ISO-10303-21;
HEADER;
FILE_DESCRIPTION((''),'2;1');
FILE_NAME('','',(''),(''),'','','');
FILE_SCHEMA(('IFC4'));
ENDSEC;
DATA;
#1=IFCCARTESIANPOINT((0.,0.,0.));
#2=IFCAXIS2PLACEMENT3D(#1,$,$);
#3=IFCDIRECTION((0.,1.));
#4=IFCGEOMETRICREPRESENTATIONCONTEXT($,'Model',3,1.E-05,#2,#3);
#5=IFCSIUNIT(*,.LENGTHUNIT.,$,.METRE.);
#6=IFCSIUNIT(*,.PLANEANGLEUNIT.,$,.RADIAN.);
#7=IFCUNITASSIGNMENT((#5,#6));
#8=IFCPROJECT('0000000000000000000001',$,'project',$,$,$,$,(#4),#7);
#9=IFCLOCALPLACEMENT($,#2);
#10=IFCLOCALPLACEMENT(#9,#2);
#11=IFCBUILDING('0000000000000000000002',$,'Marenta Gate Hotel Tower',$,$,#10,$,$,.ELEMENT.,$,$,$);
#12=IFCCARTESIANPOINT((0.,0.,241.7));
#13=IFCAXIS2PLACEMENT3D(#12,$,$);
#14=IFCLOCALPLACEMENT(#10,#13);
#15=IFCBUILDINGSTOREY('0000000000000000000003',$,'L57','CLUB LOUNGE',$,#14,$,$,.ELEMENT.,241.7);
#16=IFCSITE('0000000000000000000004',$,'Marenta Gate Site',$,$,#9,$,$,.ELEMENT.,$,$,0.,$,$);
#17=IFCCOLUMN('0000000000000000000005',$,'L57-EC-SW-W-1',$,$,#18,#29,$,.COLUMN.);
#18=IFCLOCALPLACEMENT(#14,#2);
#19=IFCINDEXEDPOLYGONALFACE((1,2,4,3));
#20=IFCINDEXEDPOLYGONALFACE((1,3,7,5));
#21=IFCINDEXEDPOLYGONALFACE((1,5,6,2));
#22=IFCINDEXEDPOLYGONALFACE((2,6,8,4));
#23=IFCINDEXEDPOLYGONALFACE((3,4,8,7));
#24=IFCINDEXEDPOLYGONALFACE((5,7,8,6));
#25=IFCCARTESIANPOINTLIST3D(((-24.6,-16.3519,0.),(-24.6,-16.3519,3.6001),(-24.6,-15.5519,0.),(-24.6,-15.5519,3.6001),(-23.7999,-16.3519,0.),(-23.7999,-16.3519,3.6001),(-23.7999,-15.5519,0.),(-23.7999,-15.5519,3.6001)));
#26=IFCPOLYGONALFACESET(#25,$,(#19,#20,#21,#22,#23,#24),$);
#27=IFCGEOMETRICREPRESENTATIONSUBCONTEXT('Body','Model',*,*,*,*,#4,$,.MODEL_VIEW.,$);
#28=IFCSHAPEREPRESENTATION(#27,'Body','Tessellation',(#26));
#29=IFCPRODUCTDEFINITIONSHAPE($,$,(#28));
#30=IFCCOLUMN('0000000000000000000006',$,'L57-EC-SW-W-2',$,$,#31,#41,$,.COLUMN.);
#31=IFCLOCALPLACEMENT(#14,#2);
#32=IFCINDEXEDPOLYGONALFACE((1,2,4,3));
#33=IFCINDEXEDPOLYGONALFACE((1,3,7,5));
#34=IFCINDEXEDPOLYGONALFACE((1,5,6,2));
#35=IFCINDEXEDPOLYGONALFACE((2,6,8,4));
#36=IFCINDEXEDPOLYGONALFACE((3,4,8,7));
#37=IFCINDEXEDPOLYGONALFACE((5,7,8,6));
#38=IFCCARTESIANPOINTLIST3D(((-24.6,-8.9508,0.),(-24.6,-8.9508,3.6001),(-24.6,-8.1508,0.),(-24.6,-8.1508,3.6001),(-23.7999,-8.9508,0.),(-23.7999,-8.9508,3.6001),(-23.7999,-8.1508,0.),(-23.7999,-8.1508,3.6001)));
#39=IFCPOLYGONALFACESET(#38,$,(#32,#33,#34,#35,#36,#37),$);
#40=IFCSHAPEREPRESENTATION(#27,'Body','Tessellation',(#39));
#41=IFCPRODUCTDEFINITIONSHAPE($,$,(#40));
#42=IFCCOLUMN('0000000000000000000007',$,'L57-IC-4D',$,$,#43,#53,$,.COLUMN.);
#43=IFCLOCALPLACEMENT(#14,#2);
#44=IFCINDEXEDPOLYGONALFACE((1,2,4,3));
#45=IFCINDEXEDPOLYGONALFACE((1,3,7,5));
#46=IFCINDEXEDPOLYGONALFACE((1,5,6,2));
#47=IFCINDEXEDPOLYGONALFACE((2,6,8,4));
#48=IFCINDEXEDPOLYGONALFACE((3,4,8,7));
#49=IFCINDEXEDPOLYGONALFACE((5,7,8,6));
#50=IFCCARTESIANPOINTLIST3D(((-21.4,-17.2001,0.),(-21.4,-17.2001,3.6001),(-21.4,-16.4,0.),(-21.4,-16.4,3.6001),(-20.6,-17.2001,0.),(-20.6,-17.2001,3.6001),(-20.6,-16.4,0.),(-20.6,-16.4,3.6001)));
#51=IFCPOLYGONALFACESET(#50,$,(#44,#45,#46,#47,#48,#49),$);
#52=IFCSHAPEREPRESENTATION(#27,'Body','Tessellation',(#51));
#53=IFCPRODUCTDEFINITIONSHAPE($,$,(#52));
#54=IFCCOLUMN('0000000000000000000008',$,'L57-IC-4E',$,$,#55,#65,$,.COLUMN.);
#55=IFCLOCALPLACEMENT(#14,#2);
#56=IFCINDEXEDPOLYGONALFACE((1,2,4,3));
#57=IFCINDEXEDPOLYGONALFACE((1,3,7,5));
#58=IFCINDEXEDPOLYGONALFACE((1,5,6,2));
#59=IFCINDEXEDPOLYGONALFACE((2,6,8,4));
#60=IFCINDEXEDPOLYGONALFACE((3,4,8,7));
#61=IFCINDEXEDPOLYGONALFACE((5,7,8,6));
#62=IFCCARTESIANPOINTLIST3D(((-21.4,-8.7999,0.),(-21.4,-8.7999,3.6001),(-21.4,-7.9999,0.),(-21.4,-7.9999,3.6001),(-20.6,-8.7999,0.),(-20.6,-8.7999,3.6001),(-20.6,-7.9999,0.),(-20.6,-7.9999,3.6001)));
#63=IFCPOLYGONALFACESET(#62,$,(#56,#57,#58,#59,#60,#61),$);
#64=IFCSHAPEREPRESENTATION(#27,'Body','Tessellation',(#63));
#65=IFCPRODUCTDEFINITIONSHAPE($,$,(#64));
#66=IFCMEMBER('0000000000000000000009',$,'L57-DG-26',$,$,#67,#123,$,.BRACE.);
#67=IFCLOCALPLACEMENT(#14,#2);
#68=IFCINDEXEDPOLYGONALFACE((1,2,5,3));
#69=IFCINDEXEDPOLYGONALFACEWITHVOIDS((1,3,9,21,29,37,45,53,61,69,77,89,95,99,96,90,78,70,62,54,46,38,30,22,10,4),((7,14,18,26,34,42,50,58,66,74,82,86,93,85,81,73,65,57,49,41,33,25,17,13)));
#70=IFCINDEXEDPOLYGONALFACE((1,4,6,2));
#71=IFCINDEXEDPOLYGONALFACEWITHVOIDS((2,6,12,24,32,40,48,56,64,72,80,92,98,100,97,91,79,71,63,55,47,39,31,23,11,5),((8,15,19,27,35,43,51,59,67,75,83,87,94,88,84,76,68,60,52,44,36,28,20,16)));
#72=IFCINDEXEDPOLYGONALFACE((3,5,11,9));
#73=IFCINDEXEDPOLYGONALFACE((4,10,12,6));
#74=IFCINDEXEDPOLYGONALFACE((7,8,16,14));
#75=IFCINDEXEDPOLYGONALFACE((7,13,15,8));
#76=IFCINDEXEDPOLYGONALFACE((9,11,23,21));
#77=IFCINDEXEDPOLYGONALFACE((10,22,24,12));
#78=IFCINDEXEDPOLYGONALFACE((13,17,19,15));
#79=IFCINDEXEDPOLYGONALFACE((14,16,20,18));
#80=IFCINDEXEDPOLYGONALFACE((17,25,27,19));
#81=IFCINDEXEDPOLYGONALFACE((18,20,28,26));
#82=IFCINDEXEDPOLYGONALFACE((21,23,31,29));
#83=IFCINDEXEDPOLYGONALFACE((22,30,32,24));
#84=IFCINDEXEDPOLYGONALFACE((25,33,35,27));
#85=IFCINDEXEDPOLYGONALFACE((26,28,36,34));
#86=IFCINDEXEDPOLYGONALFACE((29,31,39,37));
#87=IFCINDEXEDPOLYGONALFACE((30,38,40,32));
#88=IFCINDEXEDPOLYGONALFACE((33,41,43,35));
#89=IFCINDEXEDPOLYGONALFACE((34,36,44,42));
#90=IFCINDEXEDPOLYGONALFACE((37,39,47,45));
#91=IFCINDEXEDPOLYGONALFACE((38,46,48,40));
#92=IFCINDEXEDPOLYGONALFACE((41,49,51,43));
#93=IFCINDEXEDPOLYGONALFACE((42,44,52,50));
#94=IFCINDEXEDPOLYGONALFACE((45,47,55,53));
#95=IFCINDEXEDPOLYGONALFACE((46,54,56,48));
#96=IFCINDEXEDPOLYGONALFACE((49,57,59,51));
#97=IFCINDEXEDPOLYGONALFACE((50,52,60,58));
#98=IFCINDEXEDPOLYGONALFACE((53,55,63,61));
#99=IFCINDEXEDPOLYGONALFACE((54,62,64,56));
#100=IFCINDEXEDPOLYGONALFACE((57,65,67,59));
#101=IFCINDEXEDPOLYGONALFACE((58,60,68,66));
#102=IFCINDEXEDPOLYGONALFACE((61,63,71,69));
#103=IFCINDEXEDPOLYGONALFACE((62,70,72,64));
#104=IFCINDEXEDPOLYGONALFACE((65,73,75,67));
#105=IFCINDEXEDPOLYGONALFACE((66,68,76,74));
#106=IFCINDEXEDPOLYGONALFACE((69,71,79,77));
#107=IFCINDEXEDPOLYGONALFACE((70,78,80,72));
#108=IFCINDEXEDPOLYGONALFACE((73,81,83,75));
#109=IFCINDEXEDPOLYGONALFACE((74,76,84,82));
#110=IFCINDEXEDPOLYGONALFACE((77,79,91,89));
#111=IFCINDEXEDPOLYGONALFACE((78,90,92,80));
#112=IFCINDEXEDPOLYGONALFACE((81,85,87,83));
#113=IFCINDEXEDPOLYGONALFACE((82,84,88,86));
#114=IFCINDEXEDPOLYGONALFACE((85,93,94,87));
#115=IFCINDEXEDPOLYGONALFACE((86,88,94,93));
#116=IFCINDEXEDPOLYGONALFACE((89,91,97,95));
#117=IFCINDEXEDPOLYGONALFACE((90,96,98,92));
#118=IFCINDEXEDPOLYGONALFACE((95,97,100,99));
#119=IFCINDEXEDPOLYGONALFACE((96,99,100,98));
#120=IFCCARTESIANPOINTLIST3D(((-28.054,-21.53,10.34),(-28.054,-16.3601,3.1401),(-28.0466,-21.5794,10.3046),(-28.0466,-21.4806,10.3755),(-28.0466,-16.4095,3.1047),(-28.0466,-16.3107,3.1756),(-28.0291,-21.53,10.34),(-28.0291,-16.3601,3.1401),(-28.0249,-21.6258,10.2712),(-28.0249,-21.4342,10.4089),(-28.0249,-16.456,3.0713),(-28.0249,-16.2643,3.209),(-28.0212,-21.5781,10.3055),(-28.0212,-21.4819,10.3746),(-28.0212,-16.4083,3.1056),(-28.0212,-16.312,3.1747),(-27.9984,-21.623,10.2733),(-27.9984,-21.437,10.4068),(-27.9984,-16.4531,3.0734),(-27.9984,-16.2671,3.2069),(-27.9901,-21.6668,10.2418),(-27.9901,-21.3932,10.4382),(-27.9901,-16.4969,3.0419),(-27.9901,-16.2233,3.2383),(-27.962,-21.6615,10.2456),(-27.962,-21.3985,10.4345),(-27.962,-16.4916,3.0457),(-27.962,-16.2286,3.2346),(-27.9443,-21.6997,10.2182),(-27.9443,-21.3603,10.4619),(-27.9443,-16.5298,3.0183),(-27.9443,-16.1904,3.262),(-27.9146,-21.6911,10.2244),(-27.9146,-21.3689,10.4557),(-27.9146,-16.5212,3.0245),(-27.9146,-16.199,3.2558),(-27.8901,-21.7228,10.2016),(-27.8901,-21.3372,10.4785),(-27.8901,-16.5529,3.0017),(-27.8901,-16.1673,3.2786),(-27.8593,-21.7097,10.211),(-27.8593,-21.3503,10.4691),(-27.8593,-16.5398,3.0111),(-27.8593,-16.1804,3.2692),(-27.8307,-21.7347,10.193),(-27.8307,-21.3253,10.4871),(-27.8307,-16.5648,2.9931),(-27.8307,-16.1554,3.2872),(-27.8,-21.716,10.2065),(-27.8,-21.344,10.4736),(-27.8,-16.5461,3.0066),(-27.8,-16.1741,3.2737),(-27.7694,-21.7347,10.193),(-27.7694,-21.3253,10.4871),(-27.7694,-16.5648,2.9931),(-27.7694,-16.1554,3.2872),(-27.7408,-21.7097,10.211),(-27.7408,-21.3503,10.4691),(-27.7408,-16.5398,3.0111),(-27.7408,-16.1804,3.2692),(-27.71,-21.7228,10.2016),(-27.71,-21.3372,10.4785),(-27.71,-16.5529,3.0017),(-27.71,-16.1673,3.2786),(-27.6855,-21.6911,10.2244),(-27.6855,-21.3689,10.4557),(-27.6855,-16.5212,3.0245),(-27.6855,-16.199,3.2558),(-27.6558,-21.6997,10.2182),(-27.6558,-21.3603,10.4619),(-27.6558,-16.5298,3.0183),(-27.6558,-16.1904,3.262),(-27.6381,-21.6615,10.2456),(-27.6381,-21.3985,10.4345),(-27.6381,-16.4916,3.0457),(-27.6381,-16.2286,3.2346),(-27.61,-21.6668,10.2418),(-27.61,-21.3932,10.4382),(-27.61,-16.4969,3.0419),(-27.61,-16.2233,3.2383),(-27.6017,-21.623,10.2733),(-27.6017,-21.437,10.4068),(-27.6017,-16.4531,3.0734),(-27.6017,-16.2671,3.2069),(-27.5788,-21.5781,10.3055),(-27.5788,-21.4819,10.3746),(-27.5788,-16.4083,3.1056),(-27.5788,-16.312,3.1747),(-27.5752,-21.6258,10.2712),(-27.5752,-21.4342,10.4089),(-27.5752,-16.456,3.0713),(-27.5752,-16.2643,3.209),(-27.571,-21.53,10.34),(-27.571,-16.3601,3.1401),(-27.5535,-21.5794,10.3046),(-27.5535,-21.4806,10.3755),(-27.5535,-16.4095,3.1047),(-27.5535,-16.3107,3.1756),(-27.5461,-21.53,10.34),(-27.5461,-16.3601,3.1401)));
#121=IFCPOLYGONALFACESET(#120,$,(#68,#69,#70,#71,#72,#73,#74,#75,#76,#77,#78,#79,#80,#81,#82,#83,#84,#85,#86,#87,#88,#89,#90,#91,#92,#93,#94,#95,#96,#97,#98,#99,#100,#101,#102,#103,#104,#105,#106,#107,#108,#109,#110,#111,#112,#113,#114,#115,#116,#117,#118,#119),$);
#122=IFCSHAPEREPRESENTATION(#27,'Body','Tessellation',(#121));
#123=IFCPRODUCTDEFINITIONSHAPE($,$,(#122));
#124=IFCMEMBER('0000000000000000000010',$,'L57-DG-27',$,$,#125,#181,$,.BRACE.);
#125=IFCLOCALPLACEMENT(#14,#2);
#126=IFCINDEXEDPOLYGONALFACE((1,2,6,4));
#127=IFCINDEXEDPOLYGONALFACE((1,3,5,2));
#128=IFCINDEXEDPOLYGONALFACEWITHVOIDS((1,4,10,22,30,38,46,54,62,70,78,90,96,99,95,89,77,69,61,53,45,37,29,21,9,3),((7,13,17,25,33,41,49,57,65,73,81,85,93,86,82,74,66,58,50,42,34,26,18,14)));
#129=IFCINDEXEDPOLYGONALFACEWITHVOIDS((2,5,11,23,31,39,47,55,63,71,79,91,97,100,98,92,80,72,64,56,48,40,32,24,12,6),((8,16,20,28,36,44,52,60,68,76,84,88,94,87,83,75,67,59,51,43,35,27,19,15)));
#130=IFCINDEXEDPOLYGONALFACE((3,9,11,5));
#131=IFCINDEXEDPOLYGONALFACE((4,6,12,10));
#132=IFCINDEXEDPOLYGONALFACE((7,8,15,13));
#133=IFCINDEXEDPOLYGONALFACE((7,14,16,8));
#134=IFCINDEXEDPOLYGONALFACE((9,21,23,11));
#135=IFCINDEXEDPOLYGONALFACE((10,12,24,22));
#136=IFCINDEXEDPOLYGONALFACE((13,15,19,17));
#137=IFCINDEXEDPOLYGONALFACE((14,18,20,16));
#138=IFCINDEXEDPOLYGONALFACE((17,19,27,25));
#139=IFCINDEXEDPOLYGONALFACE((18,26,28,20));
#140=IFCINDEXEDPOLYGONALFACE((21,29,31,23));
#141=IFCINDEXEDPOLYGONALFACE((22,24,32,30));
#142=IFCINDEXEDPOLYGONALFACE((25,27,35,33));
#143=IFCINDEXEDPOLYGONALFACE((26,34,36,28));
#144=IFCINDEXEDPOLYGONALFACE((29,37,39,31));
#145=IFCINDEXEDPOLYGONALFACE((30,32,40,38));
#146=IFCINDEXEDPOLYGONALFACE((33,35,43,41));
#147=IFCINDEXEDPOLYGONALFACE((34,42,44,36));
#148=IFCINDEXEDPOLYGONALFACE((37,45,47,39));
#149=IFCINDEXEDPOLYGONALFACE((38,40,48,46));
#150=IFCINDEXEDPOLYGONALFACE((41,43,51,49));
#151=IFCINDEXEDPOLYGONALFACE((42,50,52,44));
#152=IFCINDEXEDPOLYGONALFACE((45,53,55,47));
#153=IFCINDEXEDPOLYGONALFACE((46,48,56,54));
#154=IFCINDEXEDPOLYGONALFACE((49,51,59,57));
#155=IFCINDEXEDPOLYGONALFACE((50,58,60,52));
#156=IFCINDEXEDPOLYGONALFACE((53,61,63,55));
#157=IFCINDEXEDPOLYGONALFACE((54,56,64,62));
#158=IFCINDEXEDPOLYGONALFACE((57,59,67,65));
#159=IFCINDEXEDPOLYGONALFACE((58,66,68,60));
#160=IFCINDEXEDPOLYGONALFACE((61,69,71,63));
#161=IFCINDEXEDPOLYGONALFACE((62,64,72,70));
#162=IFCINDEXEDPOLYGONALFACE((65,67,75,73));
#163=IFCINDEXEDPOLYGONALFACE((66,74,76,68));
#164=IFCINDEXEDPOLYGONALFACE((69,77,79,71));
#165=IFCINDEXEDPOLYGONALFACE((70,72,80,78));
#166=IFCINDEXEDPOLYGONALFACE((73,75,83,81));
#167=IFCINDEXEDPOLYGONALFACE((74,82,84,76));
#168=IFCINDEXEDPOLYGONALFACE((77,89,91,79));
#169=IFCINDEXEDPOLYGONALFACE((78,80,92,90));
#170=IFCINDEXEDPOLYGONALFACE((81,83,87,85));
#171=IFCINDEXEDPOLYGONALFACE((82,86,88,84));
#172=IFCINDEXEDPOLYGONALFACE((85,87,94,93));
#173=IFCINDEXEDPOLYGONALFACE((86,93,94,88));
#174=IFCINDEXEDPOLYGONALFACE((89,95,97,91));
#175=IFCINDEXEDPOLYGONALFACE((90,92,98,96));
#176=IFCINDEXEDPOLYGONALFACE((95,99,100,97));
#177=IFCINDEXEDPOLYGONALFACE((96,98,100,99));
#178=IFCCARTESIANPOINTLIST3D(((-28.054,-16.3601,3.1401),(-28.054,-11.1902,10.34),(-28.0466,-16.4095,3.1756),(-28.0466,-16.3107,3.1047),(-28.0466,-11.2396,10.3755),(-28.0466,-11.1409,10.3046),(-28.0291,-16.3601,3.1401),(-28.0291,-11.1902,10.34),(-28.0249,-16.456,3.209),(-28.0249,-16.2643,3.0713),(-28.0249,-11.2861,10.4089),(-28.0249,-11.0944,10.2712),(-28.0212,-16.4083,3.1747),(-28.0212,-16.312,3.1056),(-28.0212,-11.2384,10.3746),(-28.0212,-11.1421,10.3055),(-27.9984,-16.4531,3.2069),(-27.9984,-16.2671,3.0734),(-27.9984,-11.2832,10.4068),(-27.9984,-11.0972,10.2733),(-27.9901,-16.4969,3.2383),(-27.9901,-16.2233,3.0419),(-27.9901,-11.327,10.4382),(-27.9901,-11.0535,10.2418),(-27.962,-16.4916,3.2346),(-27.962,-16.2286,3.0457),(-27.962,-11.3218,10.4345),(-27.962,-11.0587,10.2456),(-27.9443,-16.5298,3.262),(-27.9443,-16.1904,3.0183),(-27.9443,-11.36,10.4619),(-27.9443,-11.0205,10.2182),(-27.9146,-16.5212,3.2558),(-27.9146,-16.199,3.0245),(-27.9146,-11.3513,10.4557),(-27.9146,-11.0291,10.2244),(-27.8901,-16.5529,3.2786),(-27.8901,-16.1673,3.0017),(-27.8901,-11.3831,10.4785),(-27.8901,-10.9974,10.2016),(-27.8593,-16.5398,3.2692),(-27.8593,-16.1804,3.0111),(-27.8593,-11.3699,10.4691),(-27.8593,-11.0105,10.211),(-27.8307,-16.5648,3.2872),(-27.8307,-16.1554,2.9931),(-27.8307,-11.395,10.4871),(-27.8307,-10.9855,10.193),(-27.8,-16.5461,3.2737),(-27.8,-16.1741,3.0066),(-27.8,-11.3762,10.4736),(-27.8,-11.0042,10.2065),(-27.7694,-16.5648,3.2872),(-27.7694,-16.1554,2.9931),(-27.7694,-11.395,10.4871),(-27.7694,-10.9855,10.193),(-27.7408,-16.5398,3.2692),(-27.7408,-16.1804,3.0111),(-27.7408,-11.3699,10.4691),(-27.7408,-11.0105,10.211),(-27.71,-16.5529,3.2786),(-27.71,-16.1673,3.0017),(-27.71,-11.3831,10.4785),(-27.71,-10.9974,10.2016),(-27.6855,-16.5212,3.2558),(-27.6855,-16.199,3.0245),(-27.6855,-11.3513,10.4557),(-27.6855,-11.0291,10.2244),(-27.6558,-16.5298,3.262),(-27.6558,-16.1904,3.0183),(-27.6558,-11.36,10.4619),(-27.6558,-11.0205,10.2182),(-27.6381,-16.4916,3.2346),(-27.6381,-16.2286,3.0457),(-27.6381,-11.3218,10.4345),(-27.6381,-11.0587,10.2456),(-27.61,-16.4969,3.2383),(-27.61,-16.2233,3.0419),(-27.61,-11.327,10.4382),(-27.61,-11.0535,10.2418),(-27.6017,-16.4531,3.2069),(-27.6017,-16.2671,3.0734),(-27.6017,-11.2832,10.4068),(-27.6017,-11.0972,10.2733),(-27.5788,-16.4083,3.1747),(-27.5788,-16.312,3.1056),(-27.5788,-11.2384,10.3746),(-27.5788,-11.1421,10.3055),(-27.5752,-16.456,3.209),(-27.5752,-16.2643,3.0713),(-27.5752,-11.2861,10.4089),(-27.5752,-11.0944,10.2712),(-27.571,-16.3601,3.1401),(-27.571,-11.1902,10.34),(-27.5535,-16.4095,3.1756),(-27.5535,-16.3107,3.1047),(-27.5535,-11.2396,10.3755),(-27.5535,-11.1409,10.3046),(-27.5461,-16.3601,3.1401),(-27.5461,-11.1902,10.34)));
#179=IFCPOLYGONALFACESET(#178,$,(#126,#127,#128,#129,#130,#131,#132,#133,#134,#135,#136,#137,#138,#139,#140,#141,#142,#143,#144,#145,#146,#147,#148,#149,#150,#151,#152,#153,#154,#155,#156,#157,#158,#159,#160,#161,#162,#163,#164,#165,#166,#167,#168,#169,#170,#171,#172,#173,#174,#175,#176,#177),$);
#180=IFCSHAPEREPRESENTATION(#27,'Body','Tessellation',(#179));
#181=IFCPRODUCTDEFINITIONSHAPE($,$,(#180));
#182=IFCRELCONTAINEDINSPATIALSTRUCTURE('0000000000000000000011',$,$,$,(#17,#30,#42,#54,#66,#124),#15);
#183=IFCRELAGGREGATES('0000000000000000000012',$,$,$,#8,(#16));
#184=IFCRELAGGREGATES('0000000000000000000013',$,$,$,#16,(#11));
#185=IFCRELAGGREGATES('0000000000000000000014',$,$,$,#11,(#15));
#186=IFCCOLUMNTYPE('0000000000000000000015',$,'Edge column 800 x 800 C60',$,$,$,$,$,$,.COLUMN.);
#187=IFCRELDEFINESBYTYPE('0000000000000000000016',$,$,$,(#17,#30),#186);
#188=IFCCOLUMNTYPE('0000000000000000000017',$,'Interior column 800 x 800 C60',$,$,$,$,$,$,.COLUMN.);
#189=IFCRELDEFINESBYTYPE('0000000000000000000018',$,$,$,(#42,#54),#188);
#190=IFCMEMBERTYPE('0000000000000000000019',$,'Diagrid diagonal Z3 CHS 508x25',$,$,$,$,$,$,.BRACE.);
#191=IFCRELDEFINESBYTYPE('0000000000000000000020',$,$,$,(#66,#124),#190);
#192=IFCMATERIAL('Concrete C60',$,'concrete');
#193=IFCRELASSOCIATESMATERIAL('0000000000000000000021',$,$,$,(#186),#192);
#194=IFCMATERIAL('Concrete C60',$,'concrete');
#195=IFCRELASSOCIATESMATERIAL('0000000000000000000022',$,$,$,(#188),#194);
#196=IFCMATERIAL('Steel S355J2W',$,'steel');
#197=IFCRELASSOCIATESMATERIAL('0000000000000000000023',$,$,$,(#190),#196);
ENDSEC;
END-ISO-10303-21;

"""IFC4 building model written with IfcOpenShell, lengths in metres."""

from ifc_helpers import new_model, si_unit, direction, frame, origin, origin_2d, place, context, subcontext, project, spatial, rectangle, hollow_circle, extrude, material, material_profile, profile_set, type_object, element, save


model = new_model("IFC4")

# Units and contexts
model_context = context("Model", 3, precision=1e-05, world=origin(), true_north=direction((0.0, 1.0)))
body_context = subcontext(model_context, "Body", "Model", "MODEL_VIEW")
ifc_project = project(units=[si_unit("LENGTHUNIT", "METRE"), si_unit("PLANEANGLEUNIT", "RADIAN")], contexts=[model_context])

# Site, building, storey
site_placement = place(None, origin())
site = spatial("IfcSite", under=ifc_project, at=site_placement, Name="Marenta Gate Site", CompositionType="ELEMENT", RefElevation=0.0)
building_placement = place(site_placement, origin())
building = spatial("IfcBuilding", under=site, at=building_placement, Name="Marenta Gate Hotel Tower", CompositionType="ELEMENT")
storey_placement = place(building_placement, frame((0.0, 0.0, 241.7)))
storey = spatial("IfcBuildingStorey", under=building, at=storey_placement, Name="L57", Description="CLUB LOUNGE", CompositionType="ELEMENT", Elevation=241.7)

# Columns
ifc_material_1 = material(Name="Concrete C60", Category="concrete")
ifc_material_profile_1 = material_profile(ifc_material_1, rectangle(XDim=0.8, YDim=0.8, at=origin_2d()), Name="800 x 800")
ifc_profile_set_1 = profile_set([ifc_material_profile_1], Name="Concrete C60")
column_type_1 = type_object("IfcColumnType", Name="Edge column 800 x 800 C60", PredefinedType="COLUMN", material=ifc_profile_set_1)
for number, where, z_axis, x_axis, name in (
    (1, (-24.2, -15.9519, 0.0), (0.0, 0.0, 1.0), (1.0, 0.0, 0.0), "L57-EC-SW-W-1"),
    (2, (-24.2, -8.5508, 0.0), (0.0, 0.0, 1.0), (1.0, 0.0, 0.0), "L57-EC-SW-W-2"),
):
    element("IfcColumn", number, at=place(storey_placement, frame(where, z_axis=z_axis, x_axis=x_axis)), inside=storey, type_object=column_type_1, Name=name, PredefinedType="COLUMN", context=body_context, shape_type="SweptSolid", body=[
        extrude(rectangle(XDim=0.8, YDim=0.8, at=origin_2d()), origin(), (0.0, 0.0, 1.0), 3.6001),
    ])
ifc_material_2 = material(Name="Concrete C60", Category="concrete")
ifc_material_profile_2 = material_profile(ifc_material_2, rectangle(XDim=0.8, YDim=0.8, at=origin_2d()), Name="800 x 800")
ifc_profile_set_2 = profile_set([ifc_material_profile_2], Name="Concrete C60")
column_type_2 = type_object("IfcColumnType", Name="Interior column 800 x 800 C60", PredefinedType="COLUMN", material=ifc_profile_set_2)
for number, where, z_axis, x_axis, name in (
    (3, (-21.0, -16.8, 0.0), (0.0, 0.0, 1.0), (1.0, 0.0, 0.0), "L57-IC-4D"),
    (4, (-21.0, -8.3999, 0.0), (0.0, 0.0, 1.0), (1.0, 0.0, 0.0), "L57-IC-4E"),
):
    element("IfcColumn", number, at=place(storey_placement, frame(where, z_axis=z_axis, x_axis=x_axis)), inside=storey, type_object=column_type_2, Name=name, PredefinedType="COLUMN", context=body_context, shape_type="SweptSolid", body=[
        extrude(rectangle(XDim=0.8, YDim=0.8, at=origin_2d()), origin(), (0.0, 0.0, 1.0), 3.6001),
    ])

# Members
ifc_material_3 = material(Name="Steel S355J2W", Category="steel")
ifc_material_profile_3 = material_profile(ifc_material_3, hollow_circle(Radius=0.2539, WallThickness=0.0249, at=origin_2d()), Name="CHS 508x25")
ifc_profile_set_3 = profile_set([ifc_material_profile_3], Name="Steel S355J2W")
member_type_1 = type_object("IfcMemberType", Name="Diagrid diagonal Z3 CHS 508x25", PredefinedType="BRACE", material=ifc_profile_set_3)
for number, where, z_axis, x_axis, name in (
    (5, (-27.8, -16.3601, 3.1401), (0.0, -0.583261, 0.812285), (1.0, 0.0, 0.0), "L57-DG-26"),
    (6, (-27.8, -16.3601, 3.1401), (0.0, 0.583261, 0.812285), (-1.0, 0.0, 0.0), "L57-DG-27"),
):
    element("IfcMember", number, at=place(storey_placement, frame(where, z_axis=z_axis, x_axis=x_axis)), inside=storey, type_object=member_type_1, Name=name, PredefinedType="BRACE", context=body_context, shape_type="SweptSolid", body=[
        extrude(hollow_circle(Radius=0.2539, WallThickness=0.0249, at=origin_2d()), origin(), (0.0, 0.0, 1.0), 8.8638),
    ])

save(model, "model.ifc")
